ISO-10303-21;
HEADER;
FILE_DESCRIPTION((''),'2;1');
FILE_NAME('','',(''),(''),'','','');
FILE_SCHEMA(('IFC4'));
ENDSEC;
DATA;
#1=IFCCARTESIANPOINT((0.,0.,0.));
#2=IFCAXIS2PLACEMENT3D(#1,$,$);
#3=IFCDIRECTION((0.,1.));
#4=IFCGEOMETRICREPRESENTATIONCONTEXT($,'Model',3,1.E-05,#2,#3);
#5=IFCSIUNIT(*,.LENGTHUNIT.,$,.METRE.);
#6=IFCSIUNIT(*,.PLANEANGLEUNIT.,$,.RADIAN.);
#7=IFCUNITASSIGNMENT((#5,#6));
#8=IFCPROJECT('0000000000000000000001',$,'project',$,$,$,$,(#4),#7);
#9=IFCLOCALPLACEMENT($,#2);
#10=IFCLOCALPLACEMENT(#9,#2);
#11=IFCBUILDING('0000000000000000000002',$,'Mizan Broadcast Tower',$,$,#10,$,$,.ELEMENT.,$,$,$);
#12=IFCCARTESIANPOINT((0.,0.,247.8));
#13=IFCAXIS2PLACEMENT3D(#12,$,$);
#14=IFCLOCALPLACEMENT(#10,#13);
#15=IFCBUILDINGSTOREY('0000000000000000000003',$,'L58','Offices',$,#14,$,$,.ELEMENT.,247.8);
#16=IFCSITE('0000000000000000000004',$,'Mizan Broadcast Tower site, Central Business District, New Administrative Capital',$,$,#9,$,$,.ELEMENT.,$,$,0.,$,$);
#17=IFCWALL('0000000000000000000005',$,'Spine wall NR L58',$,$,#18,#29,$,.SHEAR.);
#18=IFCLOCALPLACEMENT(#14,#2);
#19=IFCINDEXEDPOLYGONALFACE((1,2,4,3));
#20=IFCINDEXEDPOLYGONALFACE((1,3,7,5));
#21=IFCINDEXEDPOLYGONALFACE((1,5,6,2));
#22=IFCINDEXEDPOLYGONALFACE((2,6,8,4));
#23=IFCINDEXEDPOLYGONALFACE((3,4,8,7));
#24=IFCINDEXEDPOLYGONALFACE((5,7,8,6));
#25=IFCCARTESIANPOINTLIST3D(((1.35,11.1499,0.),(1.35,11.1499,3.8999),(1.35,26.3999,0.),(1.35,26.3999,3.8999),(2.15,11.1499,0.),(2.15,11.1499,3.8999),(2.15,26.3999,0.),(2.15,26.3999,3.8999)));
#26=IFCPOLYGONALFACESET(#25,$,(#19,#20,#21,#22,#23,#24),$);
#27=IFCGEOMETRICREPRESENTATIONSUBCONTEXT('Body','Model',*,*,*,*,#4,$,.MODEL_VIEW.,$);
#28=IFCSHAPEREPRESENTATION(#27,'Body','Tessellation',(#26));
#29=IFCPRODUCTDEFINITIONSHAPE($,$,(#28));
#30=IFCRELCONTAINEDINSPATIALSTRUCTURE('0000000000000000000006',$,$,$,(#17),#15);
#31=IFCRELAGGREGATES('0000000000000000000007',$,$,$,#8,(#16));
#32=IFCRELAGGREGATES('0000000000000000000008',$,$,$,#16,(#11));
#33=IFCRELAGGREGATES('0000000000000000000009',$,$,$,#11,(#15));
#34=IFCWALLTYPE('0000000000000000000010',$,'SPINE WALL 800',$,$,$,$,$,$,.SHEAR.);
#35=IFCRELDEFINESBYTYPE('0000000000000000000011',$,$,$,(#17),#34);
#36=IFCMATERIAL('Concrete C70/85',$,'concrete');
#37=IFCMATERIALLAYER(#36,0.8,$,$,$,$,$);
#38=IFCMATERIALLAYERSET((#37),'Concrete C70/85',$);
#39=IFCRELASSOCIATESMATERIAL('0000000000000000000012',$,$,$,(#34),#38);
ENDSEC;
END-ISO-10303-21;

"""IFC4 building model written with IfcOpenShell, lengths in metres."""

from ifc_helpers import new_model, si_unit, direction, frame, frame_2d, origin, place, context, subcontext, project, spatial, rectangle, extrude, material, layer, layer_set, type_object, element, save


model = new_model("IFC4")

# Units and contexts
model_context = context("Model", 3, precision=1e-05, world=origin(), true_north=direction((0.0, 1.0)))
body_context = subcontext(model_context, "Body", "Model", "MODEL_VIEW")
ifc_project = project(units=[si_unit("LENGTHUNIT", "METRE"), si_unit("PLANEANGLEUNIT", "RADIAN")], contexts=[model_context])

# Site, building, storey
site_placement = place(None, origin())
site = spatial("IfcSite", under=ifc_project, at=site_placement, Name="Mizan Broadcast Tower site, Central Business District, New Administrative Capital", CompositionType="ELEMENT", RefElevation=0.0)
building_placement = place(site_placement, origin())
building = spatial("IfcBuilding", under=site, at=building_placement, Name="Mizan Broadcast Tower", CompositionType="ELEMENT")
storey_placement = place(building_placement, frame((0.0, 0.0, 247.8)))
storey = spatial("IfcBuildingStorey", under=building, at=storey_placement, Name="L58", Description="Offices", CompositionType="ELEMENT", Elevation=247.8)

# Wall
ifc_material_1 = material(Name="Concrete C70/85", Category="concrete")
ifc_layer_1 = layer(ifc_material_1, 0.8)
ifc_layer_set_1 = layer_set([ifc_layer_1], Name="Concrete C70/85")
wall_type_1 = type_object("IfcWallType", Name="SPINE WALL 800", PredefinedType="SHEAR", material=ifc_layer_set_1)
wall_1_placement = place(storey_placement, frame((1.75, 11.1499, 0.0), z_axis=(0.0, 0.0, 1.0), x_axis=(0.0, 1.0, 0.0)))
element("IfcWall", 1, at=wall_1_placement, inside=storey, type_object=wall_type_1, Name="Spine wall NR L58", PredefinedType="SHEAR", context=body_context, shape_type="SweptSolid", body=[
    extrude(rectangle(XDim=15.25, YDim=0.8, at=frame_2d((7.625, 0.0))), origin(), (0.0, 0.0, 1.0), 3.8999),
])

save(model, "model.ifc")
